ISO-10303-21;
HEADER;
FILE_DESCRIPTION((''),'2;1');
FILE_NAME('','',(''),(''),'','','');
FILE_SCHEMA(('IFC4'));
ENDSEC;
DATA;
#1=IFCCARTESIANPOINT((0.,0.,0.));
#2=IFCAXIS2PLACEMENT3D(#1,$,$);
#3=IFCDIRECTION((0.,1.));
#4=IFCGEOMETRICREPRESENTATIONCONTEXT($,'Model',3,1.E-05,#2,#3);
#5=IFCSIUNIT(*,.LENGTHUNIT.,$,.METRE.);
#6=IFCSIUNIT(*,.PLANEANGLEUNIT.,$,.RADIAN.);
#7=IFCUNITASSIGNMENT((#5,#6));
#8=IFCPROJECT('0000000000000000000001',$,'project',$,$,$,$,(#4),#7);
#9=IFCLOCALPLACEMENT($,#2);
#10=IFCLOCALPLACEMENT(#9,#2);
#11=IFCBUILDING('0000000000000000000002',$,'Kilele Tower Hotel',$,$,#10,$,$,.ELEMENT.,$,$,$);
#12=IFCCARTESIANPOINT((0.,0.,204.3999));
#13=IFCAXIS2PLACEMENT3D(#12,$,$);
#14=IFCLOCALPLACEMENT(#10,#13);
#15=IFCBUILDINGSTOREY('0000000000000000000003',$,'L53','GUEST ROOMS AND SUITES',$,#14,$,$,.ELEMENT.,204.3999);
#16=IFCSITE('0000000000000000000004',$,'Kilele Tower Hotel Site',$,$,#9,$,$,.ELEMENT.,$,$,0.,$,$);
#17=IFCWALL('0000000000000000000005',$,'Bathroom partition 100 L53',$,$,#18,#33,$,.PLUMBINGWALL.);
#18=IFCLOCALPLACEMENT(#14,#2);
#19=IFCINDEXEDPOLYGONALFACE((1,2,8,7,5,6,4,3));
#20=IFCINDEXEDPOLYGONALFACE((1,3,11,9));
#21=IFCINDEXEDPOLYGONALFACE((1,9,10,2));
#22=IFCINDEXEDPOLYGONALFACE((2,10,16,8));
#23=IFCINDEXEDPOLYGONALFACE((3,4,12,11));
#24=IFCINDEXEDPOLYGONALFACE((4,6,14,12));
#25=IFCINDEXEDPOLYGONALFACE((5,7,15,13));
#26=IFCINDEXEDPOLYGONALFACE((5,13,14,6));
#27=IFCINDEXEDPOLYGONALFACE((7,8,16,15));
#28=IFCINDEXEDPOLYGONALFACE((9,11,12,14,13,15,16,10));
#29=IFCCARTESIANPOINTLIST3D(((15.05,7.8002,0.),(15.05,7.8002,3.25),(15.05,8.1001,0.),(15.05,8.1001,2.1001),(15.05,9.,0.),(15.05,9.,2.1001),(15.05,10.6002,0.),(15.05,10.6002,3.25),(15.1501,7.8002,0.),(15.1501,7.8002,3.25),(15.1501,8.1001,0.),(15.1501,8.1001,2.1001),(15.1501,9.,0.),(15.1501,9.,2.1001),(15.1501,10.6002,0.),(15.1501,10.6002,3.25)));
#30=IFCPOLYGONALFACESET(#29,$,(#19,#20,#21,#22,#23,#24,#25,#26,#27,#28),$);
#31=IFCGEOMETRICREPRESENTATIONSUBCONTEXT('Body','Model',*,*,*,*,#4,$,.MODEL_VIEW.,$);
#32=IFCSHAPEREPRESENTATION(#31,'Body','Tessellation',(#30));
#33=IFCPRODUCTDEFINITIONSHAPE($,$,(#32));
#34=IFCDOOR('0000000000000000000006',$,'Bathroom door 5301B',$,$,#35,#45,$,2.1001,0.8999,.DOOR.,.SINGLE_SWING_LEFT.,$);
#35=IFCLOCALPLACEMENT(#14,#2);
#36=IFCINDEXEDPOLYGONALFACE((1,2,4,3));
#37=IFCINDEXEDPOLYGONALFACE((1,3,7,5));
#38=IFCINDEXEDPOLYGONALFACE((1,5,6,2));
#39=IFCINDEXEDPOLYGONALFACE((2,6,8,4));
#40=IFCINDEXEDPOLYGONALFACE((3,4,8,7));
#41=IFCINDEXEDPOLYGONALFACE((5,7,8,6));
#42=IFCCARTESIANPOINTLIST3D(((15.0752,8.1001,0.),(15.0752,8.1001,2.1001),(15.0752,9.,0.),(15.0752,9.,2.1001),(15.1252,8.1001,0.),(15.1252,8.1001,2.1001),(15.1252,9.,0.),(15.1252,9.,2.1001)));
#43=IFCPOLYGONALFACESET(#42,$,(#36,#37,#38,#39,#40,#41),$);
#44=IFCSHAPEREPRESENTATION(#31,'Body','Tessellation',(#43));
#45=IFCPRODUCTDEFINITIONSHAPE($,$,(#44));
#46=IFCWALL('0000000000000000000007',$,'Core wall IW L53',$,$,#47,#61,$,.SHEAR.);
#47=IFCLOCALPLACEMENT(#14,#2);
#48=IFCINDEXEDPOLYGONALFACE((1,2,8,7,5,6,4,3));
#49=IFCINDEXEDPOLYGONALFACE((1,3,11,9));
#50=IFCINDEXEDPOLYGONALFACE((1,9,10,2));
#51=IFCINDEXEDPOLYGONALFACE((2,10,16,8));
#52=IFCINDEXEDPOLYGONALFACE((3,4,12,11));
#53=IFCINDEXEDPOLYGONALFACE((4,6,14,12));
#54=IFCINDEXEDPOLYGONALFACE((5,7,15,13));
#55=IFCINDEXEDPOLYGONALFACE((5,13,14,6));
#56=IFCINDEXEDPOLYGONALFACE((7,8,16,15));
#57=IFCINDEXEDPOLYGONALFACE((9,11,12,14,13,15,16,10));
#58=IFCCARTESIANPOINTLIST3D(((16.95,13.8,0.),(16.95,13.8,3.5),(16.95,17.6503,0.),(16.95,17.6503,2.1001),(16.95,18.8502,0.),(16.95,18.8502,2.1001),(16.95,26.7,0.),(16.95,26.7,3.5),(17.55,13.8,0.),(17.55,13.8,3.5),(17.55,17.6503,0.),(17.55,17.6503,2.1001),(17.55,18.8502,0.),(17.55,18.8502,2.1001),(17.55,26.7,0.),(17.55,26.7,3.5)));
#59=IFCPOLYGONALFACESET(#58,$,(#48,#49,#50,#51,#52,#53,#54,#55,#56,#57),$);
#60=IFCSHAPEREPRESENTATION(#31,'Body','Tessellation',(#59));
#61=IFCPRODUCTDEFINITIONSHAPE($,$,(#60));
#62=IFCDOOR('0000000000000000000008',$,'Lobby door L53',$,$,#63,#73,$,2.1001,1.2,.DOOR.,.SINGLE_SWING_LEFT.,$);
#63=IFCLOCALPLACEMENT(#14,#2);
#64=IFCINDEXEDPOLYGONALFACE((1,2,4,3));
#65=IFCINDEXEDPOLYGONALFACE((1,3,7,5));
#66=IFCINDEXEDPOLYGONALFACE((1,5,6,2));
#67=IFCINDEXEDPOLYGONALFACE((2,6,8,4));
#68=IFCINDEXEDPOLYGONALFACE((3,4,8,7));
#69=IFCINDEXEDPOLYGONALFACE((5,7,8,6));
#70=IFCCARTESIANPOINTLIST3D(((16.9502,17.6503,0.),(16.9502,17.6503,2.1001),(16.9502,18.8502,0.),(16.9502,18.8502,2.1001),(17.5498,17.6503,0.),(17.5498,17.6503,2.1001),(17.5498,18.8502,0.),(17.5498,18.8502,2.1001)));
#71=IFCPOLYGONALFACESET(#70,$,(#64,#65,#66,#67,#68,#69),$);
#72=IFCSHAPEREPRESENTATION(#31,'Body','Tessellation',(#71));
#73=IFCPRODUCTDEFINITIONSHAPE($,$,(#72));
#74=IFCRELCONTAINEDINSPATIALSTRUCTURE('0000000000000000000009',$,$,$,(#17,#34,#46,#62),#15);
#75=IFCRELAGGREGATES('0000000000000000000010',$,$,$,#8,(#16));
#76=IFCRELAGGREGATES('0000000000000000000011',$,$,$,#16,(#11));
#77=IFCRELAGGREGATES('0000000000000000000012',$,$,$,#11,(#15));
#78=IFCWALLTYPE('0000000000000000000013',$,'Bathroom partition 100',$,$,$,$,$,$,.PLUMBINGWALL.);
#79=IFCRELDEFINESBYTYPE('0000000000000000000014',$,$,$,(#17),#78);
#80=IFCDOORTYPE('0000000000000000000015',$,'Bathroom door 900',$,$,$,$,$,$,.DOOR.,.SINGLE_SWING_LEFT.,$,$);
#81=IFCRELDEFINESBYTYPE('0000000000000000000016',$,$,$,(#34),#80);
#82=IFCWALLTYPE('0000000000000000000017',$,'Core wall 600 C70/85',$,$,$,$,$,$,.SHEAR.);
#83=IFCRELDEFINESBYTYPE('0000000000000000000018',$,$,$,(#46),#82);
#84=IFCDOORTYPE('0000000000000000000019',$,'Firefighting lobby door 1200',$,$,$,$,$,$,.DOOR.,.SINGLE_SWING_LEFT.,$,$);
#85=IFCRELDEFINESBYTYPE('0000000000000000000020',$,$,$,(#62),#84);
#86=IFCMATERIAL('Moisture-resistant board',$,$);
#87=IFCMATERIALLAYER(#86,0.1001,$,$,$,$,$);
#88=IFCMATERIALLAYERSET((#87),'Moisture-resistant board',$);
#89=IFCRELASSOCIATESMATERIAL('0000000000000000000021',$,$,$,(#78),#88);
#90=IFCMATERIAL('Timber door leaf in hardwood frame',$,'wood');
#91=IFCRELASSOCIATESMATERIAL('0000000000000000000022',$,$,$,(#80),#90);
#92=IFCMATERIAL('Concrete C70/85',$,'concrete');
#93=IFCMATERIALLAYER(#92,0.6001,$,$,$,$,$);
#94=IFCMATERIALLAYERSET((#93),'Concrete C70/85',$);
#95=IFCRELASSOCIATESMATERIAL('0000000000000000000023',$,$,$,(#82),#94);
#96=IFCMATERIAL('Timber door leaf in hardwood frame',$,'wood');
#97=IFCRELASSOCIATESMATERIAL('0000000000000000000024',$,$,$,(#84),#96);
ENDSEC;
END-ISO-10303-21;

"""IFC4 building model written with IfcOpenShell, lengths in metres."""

from ifc_helpers import new_model, si_unit, direction, frame, frame_2d, origin, place, context, subcontext, project, spatial, rectangle, extrude, material, layer, layer_set, type_object, element, fill, save


model = new_model("IFC4")

# Units and contexts
model_context = context("Model", 3, precision=1e-05, world=origin(), true_north=direction((0.0, 1.0)))
body_context = subcontext(model_context, "Body", "Model", "MODEL_VIEW")
ifc_project = project(units=[si_unit("LENGTHUNIT", "METRE"), si_unit("PLANEANGLEUNIT", "RADIAN")], contexts=[model_context])

# Site, building, storey
site_placement = place(None, origin())
site = spatial("IfcSite", under=ifc_project, at=site_placement, Name="Kilele Tower Hotel Site", CompositionType="ELEMENT", RefElevation=0.0)
building_placement = place(site_placement, origin())
building = spatial("IfcBuilding", under=site, at=building_placement, Name="Kilele Tower Hotel", CompositionType="ELEMENT")
storey_placement = place(building_placement, frame((0.0, 0.0, 204.3999)))
storey = spatial("IfcBuildingStorey", under=building, at=storey_placement, Name="L53", Description="GUEST ROOMS AND SUITES", CompositionType="ELEMENT", Elevation=204.3999)

# Walls, openings, doors
ifc_material_1 = material(Name="Moisture-resistant board")
ifc_layer_1 = layer(ifc_material_1, 0.1001)
ifc_layer_set_1 = layer_set([ifc_layer_1], Name="Moisture-resistant board")
wall_type_1 = type_object("IfcWallType", Name="Bathroom partition 100", PredefinedType="PLUMBINGWALL", material=ifc_layer_set_1)
wall_1_placement = place(storey_placement, frame((15.1001, 10.6001, 0.0), z_axis=(0.0, 0.0, 1.0), x_axis=(0.0, -1.0, 0.0)))
wall_1 = element("IfcWall", 1, at=wall_1_placement, inside=storey, type_object=wall_type_1, Name="Bathroom partition 100 L53", PredefinedType="PLUMBINGWALL", context=body_context, shape_type="SweptSolid", body=[
    extrude(rectangle(XDim=2.8, YDim=0.1001, at=frame_2d((1.3999, 0.0))), origin(), (0.0, 0.0, 1.0), 3.25),
])
opening_1_placement = place(wall_1_placement, frame((2.5, 0.0, 0.0), z_axis=(0.0, 0.0, 1.0), x_axis=(-1.0, 0.0, 0.0)))
opening_1 = element("IfcOpeningElement", 2, at=opening_1_placement, cuts=wall_1, PredefinedType="OPENING", context=body_context, shape_type="SweptSolid", body=[
    extrude(rectangle(XDim=0.8999, YDim=2.1001, at=frame_2d((0.45, 1.05))), frame((0.0, 0.0601, 0.0), z_axis=(0.0, -1.0, 0.0), x_axis=(1.0, 0.0, 0.0)), (0.0, 0.0, 1.0), 0.1201),
])
ifc_material_2 = material(Name="Timber door leaf in hardwood frame", Category="wood")
door_type_1 = type_object("IfcDoorType", Name="Bathroom door 900", OperationType="SINGLE_SWING_LEFT", PredefinedType="DOOR", material=ifc_material_2)
door_1_placement = place(opening_1_placement, origin())
door_1 = element("IfcDoor", 3, at=door_1_placement, inside=storey, type_object=door_type_1, Name="Bathroom door 5301B", OperationType="SINGLE_SWING_LEFT", OverallHeight=2.1001, OverallWidth=0.8999, PredefinedType="DOOR", context=body_context, shape_type="SweptSolid", body=[
    extrude(rectangle(XDim=0.8999, YDim=2.1001, at=frame_2d((0.45, 1.05))), frame((0.0, 0.0249, 0.0), z_axis=(0.0, -1.0, 0.0), x_axis=(1.0, 0.0, 0.0)), (0.0, 0.0, 1.0), 0.05),
])
fill(opening_1, door_1)
ifc_material_3 = material(Name="Concrete C70/85", Category="concrete")
ifc_layer_2 = layer(ifc_material_3, 0.6001)
ifc_layer_set_2 = layer_set([ifc_layer_2], Name="Concrete C70/85")
wall_type_2 = type_object("IfcWallType", Name="Core wall 600 C70/85", PredefinedType="SHEAR", material=ifc_layer_set_2)
wall_2_placement = place(storey_placement, frame((17.25, 13.8, 0.0), z_axis=(0.0, 0.0, 1.0), x_axis=(0.0, 1.0, 0.0)))
wall_2 = element("IfcWall", 4, at=wall_2_placement, inside=storey, type_object=wall_type_2, Name="Core wall IW L53", PredefinedType="SHEAR", context=body_context, shape_type="SweptSolid", body=[
    extrude(rectangle(XDim=12.8999, YDim=0.6001, at=frame_2d((6.45, 0.0))), origin(), (0.0, 0.0, 1.0), 3.5),
])
opening_2_placement = place(wall_2_placement, frame((3.8501, 0.0, 0.0)))
opening_2 = element("IfcOpeningElement", 5, at=opening_2_placement, cuts=wall_2, PredefinedType="OPENING", context=body_context, shape_type="SweptSolid", body=[
    extrude(rectangle(XDim=1.2, YDim=2.1001, at=frame_2d((0.6001, 1.05))), frame((0.0, 0.3101, 0.0), z_axis=(0.0, -1.0, 0.0), x_axis=(1.0, 0.0, 0.0)), (0.0, 0.0, 1.0), 0.6201),
])
ifc_material_4 = material(Name="Timber door leaf in hardwood frame", Category="wood")
door_type_2 = type_object("IfcDoorType", Name="Firefighting lobby door 1200", OperationType="SINGLE_SWING_LEFT", PredefinedType="DOOR", material=ifc_material_4)
door_2_placement = place(opening_2_placement, origin())
door_2 = element("IfcDoor", 6, at=door_2_placement, inside=storey, type_object=door_type_2, Name="Lobby door L53", OperationType="SINGLE_SWING_LEFT", OverallHeight=2.1001, OverallWidth=1.2, PredefinedType="DOOR", context=body_context, shape_type="SweptSolid", body=[
    extrude(rectangle(XDim=1.2, YDim=2.1001, at=frame_2d((0.6001, 1.05))), frame((0.0, 0.2998, 0.0), z_axis=(0.0, -1.0, 0.0), x_axis=(1.0, 0.0, 0.0)), (0.0, 0.0, 1.0), 0.5996),
])
fill(opening_2, door_2)

save(model, "model.ifc")
